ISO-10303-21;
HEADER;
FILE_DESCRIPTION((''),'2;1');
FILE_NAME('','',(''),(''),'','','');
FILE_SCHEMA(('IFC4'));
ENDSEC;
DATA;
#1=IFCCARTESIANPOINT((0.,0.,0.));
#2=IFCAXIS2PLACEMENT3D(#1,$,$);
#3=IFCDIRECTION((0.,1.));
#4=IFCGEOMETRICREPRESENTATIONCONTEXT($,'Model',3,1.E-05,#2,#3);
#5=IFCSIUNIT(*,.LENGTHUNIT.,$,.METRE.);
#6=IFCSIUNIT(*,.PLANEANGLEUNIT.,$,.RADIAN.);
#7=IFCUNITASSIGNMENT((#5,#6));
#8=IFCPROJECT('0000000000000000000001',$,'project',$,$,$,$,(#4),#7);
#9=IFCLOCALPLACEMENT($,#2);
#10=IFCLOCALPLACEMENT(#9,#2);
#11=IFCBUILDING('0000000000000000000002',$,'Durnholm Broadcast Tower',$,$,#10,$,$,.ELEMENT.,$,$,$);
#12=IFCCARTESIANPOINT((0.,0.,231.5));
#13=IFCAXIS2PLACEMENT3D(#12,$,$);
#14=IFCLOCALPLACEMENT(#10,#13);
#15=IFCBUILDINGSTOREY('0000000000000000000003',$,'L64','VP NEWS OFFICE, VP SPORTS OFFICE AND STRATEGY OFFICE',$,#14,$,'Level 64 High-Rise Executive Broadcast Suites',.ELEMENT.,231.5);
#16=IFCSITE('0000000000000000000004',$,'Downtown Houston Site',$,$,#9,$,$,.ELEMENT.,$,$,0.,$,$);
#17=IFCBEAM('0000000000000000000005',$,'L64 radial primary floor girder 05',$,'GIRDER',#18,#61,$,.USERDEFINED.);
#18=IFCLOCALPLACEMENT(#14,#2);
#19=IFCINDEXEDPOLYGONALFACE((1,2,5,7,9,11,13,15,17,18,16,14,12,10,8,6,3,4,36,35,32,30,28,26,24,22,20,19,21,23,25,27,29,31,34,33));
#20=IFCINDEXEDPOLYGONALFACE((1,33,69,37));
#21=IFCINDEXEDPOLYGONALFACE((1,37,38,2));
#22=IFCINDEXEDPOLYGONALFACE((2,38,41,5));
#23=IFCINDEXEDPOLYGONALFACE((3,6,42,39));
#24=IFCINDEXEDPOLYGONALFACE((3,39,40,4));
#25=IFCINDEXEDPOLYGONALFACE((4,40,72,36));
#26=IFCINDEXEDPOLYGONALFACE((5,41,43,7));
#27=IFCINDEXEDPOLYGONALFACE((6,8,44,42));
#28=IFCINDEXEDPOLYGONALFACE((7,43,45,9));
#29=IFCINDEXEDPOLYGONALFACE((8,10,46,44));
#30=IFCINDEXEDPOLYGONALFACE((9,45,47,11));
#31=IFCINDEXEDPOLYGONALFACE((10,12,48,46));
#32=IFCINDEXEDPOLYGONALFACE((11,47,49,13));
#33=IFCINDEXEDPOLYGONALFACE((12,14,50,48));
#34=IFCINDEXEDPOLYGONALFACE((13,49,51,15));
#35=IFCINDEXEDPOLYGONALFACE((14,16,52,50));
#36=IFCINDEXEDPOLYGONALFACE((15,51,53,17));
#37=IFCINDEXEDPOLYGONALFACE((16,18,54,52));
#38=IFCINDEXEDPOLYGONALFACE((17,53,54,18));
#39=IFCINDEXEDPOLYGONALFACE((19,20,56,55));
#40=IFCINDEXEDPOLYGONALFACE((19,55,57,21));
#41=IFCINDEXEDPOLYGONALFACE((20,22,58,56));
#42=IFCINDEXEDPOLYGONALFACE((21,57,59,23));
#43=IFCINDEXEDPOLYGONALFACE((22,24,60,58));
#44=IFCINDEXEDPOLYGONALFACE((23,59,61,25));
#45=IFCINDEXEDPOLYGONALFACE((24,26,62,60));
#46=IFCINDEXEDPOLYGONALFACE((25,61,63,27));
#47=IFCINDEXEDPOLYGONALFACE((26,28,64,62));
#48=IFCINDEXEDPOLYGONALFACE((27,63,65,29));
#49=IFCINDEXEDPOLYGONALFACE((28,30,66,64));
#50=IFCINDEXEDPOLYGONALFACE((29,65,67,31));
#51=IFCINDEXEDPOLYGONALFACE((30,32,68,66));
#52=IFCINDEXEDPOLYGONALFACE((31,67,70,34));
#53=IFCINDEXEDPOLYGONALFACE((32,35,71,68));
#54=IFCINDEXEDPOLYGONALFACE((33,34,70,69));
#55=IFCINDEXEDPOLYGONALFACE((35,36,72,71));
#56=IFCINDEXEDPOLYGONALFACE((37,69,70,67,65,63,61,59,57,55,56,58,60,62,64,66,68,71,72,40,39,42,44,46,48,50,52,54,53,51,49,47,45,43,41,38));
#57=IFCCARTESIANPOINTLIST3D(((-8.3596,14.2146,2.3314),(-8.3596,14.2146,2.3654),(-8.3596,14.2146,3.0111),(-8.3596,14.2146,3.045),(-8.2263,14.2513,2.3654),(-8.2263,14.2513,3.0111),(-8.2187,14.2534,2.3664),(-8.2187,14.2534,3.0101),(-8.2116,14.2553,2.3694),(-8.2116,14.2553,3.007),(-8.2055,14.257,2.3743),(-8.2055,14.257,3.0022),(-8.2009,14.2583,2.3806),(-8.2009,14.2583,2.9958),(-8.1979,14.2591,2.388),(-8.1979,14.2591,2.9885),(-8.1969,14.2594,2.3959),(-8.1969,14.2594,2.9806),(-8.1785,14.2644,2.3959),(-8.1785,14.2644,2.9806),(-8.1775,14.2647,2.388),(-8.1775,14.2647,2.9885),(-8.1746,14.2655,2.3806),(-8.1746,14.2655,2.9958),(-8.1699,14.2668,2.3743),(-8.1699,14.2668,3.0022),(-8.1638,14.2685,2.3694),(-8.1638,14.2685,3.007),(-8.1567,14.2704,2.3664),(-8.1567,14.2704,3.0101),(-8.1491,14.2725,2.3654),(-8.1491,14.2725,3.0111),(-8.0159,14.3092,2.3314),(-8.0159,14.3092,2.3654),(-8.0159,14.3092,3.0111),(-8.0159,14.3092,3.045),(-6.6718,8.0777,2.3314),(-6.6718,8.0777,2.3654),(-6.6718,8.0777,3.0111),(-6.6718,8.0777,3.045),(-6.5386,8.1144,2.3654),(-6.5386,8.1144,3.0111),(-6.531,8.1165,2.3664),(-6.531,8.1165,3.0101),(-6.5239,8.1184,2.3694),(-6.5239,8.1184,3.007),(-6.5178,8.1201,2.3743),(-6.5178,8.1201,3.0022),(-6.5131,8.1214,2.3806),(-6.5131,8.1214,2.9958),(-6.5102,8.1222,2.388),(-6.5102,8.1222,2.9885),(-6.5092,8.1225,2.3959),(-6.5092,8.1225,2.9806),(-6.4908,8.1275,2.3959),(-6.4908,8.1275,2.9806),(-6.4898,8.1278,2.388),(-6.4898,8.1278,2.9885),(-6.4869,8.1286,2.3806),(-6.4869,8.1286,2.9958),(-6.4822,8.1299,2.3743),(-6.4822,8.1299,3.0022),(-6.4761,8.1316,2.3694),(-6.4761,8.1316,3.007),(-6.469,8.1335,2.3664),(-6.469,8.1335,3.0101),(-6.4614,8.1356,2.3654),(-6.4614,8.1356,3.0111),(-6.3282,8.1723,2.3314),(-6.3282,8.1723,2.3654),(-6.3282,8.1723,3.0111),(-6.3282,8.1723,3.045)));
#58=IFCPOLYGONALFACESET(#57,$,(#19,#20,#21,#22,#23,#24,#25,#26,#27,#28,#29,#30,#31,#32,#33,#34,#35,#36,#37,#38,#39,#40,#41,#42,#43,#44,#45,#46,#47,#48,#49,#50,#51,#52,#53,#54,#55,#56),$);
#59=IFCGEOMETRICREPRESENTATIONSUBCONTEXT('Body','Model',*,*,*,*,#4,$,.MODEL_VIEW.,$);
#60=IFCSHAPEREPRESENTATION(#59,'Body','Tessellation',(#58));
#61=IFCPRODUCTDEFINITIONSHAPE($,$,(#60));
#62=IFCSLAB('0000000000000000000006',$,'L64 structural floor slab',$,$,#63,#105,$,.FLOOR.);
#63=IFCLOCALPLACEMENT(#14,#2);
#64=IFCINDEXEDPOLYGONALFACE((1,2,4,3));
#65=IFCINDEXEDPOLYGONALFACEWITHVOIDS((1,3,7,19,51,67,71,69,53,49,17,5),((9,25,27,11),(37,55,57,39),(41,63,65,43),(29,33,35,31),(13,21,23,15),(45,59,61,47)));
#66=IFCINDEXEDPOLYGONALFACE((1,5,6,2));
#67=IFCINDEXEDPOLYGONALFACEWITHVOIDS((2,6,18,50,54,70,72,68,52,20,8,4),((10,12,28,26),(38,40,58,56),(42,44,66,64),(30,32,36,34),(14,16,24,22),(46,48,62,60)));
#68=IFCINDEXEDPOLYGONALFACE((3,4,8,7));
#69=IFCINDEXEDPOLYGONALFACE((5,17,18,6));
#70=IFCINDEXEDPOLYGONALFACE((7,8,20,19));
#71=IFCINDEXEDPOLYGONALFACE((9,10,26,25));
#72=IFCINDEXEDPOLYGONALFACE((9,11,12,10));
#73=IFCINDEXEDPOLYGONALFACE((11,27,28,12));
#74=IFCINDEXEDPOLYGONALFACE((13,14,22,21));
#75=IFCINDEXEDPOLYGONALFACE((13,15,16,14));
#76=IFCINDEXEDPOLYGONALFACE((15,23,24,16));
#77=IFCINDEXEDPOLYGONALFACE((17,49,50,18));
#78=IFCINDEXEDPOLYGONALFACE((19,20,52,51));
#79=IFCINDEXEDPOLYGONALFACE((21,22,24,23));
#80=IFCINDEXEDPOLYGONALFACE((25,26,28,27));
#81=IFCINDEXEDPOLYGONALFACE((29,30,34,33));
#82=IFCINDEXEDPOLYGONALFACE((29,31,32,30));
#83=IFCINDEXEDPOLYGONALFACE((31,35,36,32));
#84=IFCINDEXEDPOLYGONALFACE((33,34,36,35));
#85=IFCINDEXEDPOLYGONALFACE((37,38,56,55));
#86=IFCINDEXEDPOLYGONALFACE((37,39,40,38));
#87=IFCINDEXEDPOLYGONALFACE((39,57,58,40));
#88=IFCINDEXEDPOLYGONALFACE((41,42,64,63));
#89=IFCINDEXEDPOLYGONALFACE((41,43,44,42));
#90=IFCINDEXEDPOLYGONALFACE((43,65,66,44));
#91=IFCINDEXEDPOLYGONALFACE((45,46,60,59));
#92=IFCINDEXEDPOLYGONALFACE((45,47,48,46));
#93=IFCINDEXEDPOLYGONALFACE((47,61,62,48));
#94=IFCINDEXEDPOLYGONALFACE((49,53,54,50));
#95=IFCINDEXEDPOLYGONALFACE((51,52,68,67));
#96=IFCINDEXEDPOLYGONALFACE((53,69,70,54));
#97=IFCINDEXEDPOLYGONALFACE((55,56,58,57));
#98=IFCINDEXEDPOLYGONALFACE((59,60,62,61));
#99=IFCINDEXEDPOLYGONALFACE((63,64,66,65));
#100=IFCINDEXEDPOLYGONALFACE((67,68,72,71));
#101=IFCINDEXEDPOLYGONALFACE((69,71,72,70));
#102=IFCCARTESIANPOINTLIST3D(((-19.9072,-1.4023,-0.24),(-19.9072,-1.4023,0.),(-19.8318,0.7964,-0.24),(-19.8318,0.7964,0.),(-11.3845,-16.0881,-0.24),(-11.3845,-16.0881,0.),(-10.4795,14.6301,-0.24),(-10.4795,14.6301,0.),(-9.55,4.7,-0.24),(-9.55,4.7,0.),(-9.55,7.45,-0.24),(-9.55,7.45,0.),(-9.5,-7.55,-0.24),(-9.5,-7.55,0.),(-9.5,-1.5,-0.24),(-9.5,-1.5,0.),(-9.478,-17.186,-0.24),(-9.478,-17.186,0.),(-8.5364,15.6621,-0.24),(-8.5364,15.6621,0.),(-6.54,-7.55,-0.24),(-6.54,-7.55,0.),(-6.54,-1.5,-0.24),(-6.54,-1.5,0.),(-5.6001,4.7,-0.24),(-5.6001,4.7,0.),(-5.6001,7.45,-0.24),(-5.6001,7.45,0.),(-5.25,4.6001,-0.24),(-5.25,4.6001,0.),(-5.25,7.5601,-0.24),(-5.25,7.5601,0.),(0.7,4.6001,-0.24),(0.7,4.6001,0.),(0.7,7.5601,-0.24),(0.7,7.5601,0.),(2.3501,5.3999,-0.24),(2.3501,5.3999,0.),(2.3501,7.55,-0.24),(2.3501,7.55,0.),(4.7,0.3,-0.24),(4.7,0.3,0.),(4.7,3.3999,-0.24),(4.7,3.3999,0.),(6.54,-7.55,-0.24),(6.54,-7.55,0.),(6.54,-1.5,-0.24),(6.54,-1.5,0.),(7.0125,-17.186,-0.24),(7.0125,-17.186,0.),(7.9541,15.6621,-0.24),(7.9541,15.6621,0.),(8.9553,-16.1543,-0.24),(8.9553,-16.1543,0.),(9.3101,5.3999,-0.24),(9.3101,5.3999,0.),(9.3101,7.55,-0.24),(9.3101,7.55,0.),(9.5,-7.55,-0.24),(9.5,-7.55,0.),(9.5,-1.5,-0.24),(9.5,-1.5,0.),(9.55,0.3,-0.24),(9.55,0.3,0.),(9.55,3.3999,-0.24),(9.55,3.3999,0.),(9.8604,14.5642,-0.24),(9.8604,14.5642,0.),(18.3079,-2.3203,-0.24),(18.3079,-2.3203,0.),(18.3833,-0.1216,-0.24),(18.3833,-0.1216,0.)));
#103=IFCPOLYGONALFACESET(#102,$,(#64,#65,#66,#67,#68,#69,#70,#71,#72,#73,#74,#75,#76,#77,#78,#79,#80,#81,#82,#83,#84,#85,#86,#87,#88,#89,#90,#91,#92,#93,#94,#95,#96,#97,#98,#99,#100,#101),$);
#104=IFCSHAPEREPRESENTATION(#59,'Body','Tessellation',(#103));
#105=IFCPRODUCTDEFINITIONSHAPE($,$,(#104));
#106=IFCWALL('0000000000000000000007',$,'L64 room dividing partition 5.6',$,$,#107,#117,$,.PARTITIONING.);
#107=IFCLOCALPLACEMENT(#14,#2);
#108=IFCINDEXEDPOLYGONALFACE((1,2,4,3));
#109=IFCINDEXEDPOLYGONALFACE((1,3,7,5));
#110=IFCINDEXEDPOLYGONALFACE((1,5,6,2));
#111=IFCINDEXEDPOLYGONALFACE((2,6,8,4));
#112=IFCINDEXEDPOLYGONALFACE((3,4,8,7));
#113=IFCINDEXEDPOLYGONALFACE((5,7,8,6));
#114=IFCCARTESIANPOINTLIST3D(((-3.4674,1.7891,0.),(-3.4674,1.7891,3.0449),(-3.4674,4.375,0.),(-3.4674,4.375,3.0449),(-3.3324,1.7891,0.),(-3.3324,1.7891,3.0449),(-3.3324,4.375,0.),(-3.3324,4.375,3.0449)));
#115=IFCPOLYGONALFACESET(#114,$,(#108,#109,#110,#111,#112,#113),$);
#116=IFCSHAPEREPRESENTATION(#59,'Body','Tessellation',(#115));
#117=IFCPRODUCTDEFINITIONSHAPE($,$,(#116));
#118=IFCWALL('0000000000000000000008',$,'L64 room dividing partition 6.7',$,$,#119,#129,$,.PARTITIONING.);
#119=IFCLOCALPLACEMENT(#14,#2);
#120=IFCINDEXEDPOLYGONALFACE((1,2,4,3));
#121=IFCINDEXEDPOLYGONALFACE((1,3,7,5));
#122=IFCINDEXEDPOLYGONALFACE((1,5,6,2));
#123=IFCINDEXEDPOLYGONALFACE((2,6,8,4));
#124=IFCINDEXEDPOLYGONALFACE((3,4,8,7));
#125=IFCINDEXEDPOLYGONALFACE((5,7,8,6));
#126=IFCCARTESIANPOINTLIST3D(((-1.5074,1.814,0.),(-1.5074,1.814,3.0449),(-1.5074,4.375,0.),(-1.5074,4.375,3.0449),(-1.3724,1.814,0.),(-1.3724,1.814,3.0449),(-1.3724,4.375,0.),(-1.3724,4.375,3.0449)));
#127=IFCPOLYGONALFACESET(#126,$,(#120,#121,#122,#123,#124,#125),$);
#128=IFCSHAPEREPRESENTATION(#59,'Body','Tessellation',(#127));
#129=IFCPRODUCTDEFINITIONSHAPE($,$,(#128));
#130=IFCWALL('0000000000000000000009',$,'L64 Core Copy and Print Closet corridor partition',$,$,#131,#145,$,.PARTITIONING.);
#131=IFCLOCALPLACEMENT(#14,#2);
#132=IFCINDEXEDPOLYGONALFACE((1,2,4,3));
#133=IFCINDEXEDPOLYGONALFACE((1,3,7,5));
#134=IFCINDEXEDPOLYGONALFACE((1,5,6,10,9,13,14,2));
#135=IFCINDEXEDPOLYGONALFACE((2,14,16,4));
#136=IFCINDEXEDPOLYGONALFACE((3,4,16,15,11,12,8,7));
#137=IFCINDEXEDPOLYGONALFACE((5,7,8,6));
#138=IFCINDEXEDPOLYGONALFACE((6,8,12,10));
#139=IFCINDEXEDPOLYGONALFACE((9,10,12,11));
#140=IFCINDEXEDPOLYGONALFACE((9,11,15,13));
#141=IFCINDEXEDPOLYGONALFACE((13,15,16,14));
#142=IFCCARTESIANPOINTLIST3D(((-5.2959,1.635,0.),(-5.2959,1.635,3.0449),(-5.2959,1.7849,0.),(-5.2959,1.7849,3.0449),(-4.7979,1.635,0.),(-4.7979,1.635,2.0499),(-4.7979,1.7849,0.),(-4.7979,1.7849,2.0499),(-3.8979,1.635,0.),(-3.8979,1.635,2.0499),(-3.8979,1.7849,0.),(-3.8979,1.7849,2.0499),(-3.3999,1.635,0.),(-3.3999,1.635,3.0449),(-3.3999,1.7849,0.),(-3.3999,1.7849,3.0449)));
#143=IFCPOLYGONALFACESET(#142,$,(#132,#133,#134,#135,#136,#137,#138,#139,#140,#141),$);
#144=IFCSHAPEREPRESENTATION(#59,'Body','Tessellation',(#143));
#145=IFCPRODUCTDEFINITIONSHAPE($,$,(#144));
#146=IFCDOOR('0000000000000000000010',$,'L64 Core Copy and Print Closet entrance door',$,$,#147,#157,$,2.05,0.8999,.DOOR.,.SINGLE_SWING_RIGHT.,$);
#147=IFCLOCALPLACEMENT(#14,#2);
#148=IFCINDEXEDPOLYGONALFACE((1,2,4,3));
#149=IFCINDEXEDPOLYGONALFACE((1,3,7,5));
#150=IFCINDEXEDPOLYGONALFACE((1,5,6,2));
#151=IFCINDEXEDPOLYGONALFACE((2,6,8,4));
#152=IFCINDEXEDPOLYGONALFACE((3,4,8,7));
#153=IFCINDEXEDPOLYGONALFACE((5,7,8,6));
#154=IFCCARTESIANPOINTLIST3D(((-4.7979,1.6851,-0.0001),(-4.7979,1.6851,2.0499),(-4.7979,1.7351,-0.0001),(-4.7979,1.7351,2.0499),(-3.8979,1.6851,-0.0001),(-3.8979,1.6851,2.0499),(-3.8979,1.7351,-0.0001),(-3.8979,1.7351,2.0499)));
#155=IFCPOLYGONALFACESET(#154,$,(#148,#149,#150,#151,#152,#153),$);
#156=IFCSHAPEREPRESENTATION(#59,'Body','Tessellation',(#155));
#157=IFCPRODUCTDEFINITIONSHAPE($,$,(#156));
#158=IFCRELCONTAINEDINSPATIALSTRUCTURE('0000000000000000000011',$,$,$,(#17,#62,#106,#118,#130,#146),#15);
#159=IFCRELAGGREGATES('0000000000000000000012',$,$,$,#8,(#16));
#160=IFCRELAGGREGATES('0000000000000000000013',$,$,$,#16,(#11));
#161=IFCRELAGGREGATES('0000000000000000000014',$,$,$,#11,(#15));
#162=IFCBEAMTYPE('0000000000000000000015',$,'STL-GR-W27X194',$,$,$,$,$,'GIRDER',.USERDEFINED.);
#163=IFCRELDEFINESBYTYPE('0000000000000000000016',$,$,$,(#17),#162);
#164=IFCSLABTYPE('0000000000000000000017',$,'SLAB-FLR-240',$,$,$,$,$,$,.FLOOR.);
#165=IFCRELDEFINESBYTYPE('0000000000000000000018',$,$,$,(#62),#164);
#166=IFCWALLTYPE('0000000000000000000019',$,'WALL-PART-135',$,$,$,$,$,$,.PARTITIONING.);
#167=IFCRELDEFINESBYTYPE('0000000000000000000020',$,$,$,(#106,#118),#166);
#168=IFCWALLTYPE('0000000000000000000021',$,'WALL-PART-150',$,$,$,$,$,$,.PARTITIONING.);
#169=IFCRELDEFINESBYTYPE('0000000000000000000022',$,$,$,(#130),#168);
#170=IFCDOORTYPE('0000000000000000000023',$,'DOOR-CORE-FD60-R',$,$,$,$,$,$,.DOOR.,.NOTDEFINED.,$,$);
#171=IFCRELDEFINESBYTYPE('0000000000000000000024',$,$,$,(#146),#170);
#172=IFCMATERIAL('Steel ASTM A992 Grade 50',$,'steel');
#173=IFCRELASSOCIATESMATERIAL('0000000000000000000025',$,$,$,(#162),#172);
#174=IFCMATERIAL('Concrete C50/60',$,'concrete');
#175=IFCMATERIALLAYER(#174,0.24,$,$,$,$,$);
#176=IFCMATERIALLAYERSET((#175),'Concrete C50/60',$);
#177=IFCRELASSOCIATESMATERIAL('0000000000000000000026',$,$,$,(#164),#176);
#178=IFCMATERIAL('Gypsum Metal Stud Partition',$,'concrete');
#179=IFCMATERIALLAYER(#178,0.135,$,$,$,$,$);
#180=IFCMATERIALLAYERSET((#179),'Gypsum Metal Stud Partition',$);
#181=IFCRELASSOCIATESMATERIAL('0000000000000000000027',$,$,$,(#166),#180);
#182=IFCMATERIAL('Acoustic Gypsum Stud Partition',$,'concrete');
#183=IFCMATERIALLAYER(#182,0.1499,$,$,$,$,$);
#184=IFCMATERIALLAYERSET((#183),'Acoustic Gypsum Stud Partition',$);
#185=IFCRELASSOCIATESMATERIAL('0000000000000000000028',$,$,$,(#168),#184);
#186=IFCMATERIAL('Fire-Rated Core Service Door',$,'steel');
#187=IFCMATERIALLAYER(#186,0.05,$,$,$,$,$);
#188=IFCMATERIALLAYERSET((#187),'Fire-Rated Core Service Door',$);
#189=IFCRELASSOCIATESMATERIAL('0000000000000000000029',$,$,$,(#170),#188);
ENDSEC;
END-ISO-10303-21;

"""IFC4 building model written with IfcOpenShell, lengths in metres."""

from ifc_helpers import new_model, si_unit, direction, frame, frame_2d, origin, origin_2d, place, context, subcontext, project, spatial, polyline, rectangle, i_section, outline, extrude, source, transform, mapped, material, layer, layer_set, material_profile, profile_set, type_object, type_shapes, element, fill, save


model = new_model("IFC4")

# Units and contexts
model_context = context("Model", 3, precision=1e-05, world=origin(), true_north=direction((0.0, 1.0)))
body_context = subcontext(model_context, "Body", "Model", "MODEL_VIEW")
ifc_project = project(units=[si_unit("LENGTHUNIT", "METRE"), si_unit("PLANEANGLEUNIT", "RADIAN")], contexts=[model_context])

# Site, building, storey
site_placement = place(None, origin())
site = spatial("IfcSite", under=ifc_project, at=site_placement, Name="Downtown Houston Site", CompositionType="ELEMENT", RefElevation=0.0)
building_placement = place(site_placement, origin())
building = spatial("IfcBuilding", under=site, at=building_placement, Name="Durnholm Broadcast Tower", CompositionType="ELEMENT")
storey_placement = place(building_placement, frame((0.0, 0.0, 231.5)))
storey = spatial("IfcBuildingStorey", under=building, at=storey_placement, Name="L64", Description="VP NEWS OFFICE, VP SPORTS OFFICE AND STRATEGY OFFICE", LongName="Level 64 High-Rise Executive Broadcast Suites", CompositionType="ELEMENT", Elevation=231.5)

# Beam
ifc_material_1 = material(Name="Steel ASTM A992 Grade 50", Category="steel")
ifc_material_profile = material_profile(ifc_material_1, i_section(OverallWidth=0.3564, OverallDepth=0.7136, WebThickness=0.019, FlangeThickness=0.0339, FilletRadius=0.0305, at=origin_2d()), Name="W27X194")
ifc_profile_set = profile_set([ifc_material_profile], Name="Steel ASTM A992 Grade 50")
beam_type = type_object("IfcBeamType", Name="STL-GR-W27X194", ElementType="GIRDER", PredefinedType="USERDEFINED", material=ifc_profile_set)
shared_shape_1 = source(origin(), body_context, "Body", "SweptSolid", [
    extrude(i_section(OverallWidth=0.3564, OverallDepth=0.7136, WebThickness=0.019, FlangeThickness=0.0339, FilletRadius=0.0305, at=origin_2d()), origin(), (0.0, 0.0, 1.0), 6.3647),
])
type_shapes(beam_type, [shared_shape_1])
beam_placement = place(storey_placement, frame((-6.5, 8.125, 2.6882), z_axis=(-0.265168, 0.964202, 0.0), x_axis=(-0.964202, -0.265168, 0.0)))
element("IfcBeam", 1, at=beam_placement, inside=storey, type_object=beam_type, Name="L64 radial primary floor girder 05", ObjectType="GIRDER", PredefinedType="USERDEFINED", context=body_context, shape_type="MappedRepresentation", body=[
    mapped(shared_shape_1, transform((0.0, 0.0, 0.0), x_axis=(1.0, 0.0, 0.0), y_axis=(0.0, 1.0, 0.0), z_axis=(0.0, 0.0, 1.0), scale=1.0)),
])

# Slab
ifc_material_2 = material(Name="Concrete C50/60", Category="concrete")
ifc_layer_1 = layer(ifc_material_2, 0.24)
ifc_layer_set_1 = layer_set([ifc_layer_1], Name="Concrete C50/60")
slab_type = type_object("IfcSlabType", Name="SLAB-FLR-240", PredefinedType="FLOOR", material=ifc_layer_set_1)
slab_placement = place(storey_placement, frame((0.0, 0.0, -0.24)))
element("IfcSlab", 2, at=slab_placement, inside=storey, type_object=slab_type, Name="L64 structural floor slab", PredefinedType="FLOOR", context=body_context, shape_type="SweptSolid", body=[
    extrude(outline(polyline([(-11.3845, -16.0881), (-9.478, -17.186), (7.0125, -17.186), (8.9553, -16.1543), (18.3079, -2.3203), (18.3833, -0.1216), (9.8604, 14.5642), (7.9541, 15.6621), (-8.5364, 15.6621), (-10.4795, 14.6301), (-19.8318, 0.7964), (-19.9072, -1.4023), (-11.3845, -16.0881)]), holes=[polyline([(-6.54, -1.5), (-9.5, -1.5), (-9.5, -7.55), (-6.54, -7.55), (-6.54, -1.5)]), polyline([(9.5, -7.55), (9.5, -1.5), (6.54, -1.5), (6.54, -7.55), (9.5, -7.55)]), polyline([(9.55, 3.3999), (4.7, 3.3999), (4.7, 0.3), (9.55, 0.3), (9.55, 3.3999)]), polyline([(-9.55, 7.45), (-9.55, 4.7), (-5.6001, 4.7), (-5.6001, 7.45), (-9.55, 7.45)]), polyline([(-5.25, 4.6001), (0.7, 4.6001), (0.7, 7.5601), (-5.25, 7.5601), (-5.25, 4.6001)]), polyline([(9.3101, 7.55), (2.3501, 7.55), (2.3501, 5.3999), (9.3101, 5.3999), (9.3101, 7.55)])]), origin(), (0.0, 0.0, 1.0), 0.24),
])

# Walls
ifc_material_3 = material(Name="Gypsum Metal Stud Partition", Category="concrete")
ifc_layer_2 = layer(ifc_material_3, 0.135)
ifc_layer_set_2 = layer_set([ifc_layer_2], Name="Gypsum Metal Stud Partition")
wall_type_1 = type_object("IfcWallType", Name="WALL-PART-135", PredefinedType="PARTITIONING", material=ifc_layer_set_2)
wall_1_placement = place(storey_placement, frame((-3.3999, 4.375, 0.0), z_axis=(0.0, 0.0, 1.0), x_axis=(0.0, -1.0, 0.0)))
element("IfcWall", 3, at=wall_1_placement, inside=storey, type_object=wall_type_1, Name="L64 room dividing partition 5.6", PredefinedType="PARTITIONING", context=body_context, shape_type="SweptSolid", body=[
    extrude(rectangle(XDim=2.5859, YDim=0.135, at=frame_2d((1.293, 0.0))), origin(), (0.0, 0.0, 1.0), 3.0449),
])
wall_2_placement = place(storey_placement, frame((-1.4399, 4.375, 0.0), z_axis=(0.0, 0.0, 1.0), x_axis=(0.0, -1.0, 0.0)))
element("IfcWall", 4, at=wall_2_placement, inside=storey, type_object=wall_type_1, Name="L64 room dividing partition 6.7", PredefinedType="PARTITIONING", context=body_context, shape_type="SweptSolid", body=[
    extrude(rectangle(XDim=2.561, YDim=0.135, at=frame_2d((1.2805, 0.0))), origin(), (0.0, 0.0, 1.0), 3.0449),
])

# Wall, opening, door
ifc_material_4 = material(Name="Acoustic Gypsum Stud Partition", Category="concrete")
ifc_layer_3 = layer(ifc_material_4, 0.1499)
ifc_layer_set_3 = layer_set([ifc_layer_3], Name="Acoustic Gypsum Stud Partition")
wall_type_2 = type_object("IfcWallType", Name="WALL-PART-150", PredefinedType="PARTITIONING", material=ifc_layer_set_3)
wall_3_placement = place(storey_placement, frame((-3.3999, 1.71, 0.0), z_axis=(0.0, 0.0, 1.0), x_axis=(-1.0, 0.0, 0.0)))
wall_3 = element("IfcWall", 5, at=wall_3_placement, inside=storey, type_object=wall_type_2, Name="L64 Core Copy and Print Closet corridor partition", PredefinedType="PARTITIONING", context=body_context, shape_type="SweptSolid", body=[
    extrude(rectangle(XDim=1.896, YDim=0.1499, at=frame_2d((0.948, 0.0))), origin(), (0.0, 0.0, 1.0), 3.0449),
])
opening_1_placement = place(wall_3_placement, frame((0.498, 0.0, 0.0)))
opening_1 = element("IfcOpeningElement", 6, at=opening_1_placement, cuts=wall_3, PredefinedType="OPENING", context=body_context, shape_type="SweptSolid", body=[
    extrude(rectangle(XDim=0.8999, YDim=2.05, at=frame_2d((0.45, 1.0249))), frame((0.0, 0.085, 0.0), z_axis=(0.0, -1.0, 0.0), x_axis=(1.0, 0.0, 0.0)), (0.0, 0.0, 1.0), 0.1699),
])
ifc_material_5 = material(Name="Fire-Rated Core Service Door", Category="steel")
ifc_layer_4 = layer(ifc_material_5, 0.05)
ifc_layer_set_4 = layer_set([ifc_layer_4], Name="Fire-Rated Core Service Door")
door_type_1 = type_object("IfcDoorType", Name="DOOR-CORE-FD60-R", OperationType="NOTDEFINED", PredefinedType="DOOR", material=ifc_layer_set_4)
shared_shape_2 = source(origin(), body_context, "Body", "SweptSolid", [
    extrude(rectangle(XDim=0.8999, YDim=2.05, at=frame_2d((0.45, 1.0249))), frame((0.0, 0.0249, 0.0), z_axis=(0.0, -1.0, 0.0), x_axis=(1.0, 0.0, 0.0)), (0.0, 0.0, 1.0), 0.05),
])
type_shapes(door_type_1, [shared_shape_2])
door_1_placement = place(opening_1_placement, origin())
door_1 = element("IfcDoor", 7, at=door_1_placement, inside=storey, type_object=door_type_1, Name="L64 Core Copy and Print Closet entrance door", OperationType="SINGLE_SWING_RIGHT", OverallHeight=2.05, OverallWidth=0.8999, PredefinedType="DOOR", context=body_context, shape_type="MappedRepresentation", body=[
    mapped(shared_shape_2, transform((0.0, 0.0, 0.0), x_axis=(1.0, 0.0, 0.0), y_axis=(0.0, 1.0, 0.0), z_axis=(0.0, 0.0, 1.0), scale=1.0)),
])
fill(opening_1, door_1)

save(model, "model.ifc")
